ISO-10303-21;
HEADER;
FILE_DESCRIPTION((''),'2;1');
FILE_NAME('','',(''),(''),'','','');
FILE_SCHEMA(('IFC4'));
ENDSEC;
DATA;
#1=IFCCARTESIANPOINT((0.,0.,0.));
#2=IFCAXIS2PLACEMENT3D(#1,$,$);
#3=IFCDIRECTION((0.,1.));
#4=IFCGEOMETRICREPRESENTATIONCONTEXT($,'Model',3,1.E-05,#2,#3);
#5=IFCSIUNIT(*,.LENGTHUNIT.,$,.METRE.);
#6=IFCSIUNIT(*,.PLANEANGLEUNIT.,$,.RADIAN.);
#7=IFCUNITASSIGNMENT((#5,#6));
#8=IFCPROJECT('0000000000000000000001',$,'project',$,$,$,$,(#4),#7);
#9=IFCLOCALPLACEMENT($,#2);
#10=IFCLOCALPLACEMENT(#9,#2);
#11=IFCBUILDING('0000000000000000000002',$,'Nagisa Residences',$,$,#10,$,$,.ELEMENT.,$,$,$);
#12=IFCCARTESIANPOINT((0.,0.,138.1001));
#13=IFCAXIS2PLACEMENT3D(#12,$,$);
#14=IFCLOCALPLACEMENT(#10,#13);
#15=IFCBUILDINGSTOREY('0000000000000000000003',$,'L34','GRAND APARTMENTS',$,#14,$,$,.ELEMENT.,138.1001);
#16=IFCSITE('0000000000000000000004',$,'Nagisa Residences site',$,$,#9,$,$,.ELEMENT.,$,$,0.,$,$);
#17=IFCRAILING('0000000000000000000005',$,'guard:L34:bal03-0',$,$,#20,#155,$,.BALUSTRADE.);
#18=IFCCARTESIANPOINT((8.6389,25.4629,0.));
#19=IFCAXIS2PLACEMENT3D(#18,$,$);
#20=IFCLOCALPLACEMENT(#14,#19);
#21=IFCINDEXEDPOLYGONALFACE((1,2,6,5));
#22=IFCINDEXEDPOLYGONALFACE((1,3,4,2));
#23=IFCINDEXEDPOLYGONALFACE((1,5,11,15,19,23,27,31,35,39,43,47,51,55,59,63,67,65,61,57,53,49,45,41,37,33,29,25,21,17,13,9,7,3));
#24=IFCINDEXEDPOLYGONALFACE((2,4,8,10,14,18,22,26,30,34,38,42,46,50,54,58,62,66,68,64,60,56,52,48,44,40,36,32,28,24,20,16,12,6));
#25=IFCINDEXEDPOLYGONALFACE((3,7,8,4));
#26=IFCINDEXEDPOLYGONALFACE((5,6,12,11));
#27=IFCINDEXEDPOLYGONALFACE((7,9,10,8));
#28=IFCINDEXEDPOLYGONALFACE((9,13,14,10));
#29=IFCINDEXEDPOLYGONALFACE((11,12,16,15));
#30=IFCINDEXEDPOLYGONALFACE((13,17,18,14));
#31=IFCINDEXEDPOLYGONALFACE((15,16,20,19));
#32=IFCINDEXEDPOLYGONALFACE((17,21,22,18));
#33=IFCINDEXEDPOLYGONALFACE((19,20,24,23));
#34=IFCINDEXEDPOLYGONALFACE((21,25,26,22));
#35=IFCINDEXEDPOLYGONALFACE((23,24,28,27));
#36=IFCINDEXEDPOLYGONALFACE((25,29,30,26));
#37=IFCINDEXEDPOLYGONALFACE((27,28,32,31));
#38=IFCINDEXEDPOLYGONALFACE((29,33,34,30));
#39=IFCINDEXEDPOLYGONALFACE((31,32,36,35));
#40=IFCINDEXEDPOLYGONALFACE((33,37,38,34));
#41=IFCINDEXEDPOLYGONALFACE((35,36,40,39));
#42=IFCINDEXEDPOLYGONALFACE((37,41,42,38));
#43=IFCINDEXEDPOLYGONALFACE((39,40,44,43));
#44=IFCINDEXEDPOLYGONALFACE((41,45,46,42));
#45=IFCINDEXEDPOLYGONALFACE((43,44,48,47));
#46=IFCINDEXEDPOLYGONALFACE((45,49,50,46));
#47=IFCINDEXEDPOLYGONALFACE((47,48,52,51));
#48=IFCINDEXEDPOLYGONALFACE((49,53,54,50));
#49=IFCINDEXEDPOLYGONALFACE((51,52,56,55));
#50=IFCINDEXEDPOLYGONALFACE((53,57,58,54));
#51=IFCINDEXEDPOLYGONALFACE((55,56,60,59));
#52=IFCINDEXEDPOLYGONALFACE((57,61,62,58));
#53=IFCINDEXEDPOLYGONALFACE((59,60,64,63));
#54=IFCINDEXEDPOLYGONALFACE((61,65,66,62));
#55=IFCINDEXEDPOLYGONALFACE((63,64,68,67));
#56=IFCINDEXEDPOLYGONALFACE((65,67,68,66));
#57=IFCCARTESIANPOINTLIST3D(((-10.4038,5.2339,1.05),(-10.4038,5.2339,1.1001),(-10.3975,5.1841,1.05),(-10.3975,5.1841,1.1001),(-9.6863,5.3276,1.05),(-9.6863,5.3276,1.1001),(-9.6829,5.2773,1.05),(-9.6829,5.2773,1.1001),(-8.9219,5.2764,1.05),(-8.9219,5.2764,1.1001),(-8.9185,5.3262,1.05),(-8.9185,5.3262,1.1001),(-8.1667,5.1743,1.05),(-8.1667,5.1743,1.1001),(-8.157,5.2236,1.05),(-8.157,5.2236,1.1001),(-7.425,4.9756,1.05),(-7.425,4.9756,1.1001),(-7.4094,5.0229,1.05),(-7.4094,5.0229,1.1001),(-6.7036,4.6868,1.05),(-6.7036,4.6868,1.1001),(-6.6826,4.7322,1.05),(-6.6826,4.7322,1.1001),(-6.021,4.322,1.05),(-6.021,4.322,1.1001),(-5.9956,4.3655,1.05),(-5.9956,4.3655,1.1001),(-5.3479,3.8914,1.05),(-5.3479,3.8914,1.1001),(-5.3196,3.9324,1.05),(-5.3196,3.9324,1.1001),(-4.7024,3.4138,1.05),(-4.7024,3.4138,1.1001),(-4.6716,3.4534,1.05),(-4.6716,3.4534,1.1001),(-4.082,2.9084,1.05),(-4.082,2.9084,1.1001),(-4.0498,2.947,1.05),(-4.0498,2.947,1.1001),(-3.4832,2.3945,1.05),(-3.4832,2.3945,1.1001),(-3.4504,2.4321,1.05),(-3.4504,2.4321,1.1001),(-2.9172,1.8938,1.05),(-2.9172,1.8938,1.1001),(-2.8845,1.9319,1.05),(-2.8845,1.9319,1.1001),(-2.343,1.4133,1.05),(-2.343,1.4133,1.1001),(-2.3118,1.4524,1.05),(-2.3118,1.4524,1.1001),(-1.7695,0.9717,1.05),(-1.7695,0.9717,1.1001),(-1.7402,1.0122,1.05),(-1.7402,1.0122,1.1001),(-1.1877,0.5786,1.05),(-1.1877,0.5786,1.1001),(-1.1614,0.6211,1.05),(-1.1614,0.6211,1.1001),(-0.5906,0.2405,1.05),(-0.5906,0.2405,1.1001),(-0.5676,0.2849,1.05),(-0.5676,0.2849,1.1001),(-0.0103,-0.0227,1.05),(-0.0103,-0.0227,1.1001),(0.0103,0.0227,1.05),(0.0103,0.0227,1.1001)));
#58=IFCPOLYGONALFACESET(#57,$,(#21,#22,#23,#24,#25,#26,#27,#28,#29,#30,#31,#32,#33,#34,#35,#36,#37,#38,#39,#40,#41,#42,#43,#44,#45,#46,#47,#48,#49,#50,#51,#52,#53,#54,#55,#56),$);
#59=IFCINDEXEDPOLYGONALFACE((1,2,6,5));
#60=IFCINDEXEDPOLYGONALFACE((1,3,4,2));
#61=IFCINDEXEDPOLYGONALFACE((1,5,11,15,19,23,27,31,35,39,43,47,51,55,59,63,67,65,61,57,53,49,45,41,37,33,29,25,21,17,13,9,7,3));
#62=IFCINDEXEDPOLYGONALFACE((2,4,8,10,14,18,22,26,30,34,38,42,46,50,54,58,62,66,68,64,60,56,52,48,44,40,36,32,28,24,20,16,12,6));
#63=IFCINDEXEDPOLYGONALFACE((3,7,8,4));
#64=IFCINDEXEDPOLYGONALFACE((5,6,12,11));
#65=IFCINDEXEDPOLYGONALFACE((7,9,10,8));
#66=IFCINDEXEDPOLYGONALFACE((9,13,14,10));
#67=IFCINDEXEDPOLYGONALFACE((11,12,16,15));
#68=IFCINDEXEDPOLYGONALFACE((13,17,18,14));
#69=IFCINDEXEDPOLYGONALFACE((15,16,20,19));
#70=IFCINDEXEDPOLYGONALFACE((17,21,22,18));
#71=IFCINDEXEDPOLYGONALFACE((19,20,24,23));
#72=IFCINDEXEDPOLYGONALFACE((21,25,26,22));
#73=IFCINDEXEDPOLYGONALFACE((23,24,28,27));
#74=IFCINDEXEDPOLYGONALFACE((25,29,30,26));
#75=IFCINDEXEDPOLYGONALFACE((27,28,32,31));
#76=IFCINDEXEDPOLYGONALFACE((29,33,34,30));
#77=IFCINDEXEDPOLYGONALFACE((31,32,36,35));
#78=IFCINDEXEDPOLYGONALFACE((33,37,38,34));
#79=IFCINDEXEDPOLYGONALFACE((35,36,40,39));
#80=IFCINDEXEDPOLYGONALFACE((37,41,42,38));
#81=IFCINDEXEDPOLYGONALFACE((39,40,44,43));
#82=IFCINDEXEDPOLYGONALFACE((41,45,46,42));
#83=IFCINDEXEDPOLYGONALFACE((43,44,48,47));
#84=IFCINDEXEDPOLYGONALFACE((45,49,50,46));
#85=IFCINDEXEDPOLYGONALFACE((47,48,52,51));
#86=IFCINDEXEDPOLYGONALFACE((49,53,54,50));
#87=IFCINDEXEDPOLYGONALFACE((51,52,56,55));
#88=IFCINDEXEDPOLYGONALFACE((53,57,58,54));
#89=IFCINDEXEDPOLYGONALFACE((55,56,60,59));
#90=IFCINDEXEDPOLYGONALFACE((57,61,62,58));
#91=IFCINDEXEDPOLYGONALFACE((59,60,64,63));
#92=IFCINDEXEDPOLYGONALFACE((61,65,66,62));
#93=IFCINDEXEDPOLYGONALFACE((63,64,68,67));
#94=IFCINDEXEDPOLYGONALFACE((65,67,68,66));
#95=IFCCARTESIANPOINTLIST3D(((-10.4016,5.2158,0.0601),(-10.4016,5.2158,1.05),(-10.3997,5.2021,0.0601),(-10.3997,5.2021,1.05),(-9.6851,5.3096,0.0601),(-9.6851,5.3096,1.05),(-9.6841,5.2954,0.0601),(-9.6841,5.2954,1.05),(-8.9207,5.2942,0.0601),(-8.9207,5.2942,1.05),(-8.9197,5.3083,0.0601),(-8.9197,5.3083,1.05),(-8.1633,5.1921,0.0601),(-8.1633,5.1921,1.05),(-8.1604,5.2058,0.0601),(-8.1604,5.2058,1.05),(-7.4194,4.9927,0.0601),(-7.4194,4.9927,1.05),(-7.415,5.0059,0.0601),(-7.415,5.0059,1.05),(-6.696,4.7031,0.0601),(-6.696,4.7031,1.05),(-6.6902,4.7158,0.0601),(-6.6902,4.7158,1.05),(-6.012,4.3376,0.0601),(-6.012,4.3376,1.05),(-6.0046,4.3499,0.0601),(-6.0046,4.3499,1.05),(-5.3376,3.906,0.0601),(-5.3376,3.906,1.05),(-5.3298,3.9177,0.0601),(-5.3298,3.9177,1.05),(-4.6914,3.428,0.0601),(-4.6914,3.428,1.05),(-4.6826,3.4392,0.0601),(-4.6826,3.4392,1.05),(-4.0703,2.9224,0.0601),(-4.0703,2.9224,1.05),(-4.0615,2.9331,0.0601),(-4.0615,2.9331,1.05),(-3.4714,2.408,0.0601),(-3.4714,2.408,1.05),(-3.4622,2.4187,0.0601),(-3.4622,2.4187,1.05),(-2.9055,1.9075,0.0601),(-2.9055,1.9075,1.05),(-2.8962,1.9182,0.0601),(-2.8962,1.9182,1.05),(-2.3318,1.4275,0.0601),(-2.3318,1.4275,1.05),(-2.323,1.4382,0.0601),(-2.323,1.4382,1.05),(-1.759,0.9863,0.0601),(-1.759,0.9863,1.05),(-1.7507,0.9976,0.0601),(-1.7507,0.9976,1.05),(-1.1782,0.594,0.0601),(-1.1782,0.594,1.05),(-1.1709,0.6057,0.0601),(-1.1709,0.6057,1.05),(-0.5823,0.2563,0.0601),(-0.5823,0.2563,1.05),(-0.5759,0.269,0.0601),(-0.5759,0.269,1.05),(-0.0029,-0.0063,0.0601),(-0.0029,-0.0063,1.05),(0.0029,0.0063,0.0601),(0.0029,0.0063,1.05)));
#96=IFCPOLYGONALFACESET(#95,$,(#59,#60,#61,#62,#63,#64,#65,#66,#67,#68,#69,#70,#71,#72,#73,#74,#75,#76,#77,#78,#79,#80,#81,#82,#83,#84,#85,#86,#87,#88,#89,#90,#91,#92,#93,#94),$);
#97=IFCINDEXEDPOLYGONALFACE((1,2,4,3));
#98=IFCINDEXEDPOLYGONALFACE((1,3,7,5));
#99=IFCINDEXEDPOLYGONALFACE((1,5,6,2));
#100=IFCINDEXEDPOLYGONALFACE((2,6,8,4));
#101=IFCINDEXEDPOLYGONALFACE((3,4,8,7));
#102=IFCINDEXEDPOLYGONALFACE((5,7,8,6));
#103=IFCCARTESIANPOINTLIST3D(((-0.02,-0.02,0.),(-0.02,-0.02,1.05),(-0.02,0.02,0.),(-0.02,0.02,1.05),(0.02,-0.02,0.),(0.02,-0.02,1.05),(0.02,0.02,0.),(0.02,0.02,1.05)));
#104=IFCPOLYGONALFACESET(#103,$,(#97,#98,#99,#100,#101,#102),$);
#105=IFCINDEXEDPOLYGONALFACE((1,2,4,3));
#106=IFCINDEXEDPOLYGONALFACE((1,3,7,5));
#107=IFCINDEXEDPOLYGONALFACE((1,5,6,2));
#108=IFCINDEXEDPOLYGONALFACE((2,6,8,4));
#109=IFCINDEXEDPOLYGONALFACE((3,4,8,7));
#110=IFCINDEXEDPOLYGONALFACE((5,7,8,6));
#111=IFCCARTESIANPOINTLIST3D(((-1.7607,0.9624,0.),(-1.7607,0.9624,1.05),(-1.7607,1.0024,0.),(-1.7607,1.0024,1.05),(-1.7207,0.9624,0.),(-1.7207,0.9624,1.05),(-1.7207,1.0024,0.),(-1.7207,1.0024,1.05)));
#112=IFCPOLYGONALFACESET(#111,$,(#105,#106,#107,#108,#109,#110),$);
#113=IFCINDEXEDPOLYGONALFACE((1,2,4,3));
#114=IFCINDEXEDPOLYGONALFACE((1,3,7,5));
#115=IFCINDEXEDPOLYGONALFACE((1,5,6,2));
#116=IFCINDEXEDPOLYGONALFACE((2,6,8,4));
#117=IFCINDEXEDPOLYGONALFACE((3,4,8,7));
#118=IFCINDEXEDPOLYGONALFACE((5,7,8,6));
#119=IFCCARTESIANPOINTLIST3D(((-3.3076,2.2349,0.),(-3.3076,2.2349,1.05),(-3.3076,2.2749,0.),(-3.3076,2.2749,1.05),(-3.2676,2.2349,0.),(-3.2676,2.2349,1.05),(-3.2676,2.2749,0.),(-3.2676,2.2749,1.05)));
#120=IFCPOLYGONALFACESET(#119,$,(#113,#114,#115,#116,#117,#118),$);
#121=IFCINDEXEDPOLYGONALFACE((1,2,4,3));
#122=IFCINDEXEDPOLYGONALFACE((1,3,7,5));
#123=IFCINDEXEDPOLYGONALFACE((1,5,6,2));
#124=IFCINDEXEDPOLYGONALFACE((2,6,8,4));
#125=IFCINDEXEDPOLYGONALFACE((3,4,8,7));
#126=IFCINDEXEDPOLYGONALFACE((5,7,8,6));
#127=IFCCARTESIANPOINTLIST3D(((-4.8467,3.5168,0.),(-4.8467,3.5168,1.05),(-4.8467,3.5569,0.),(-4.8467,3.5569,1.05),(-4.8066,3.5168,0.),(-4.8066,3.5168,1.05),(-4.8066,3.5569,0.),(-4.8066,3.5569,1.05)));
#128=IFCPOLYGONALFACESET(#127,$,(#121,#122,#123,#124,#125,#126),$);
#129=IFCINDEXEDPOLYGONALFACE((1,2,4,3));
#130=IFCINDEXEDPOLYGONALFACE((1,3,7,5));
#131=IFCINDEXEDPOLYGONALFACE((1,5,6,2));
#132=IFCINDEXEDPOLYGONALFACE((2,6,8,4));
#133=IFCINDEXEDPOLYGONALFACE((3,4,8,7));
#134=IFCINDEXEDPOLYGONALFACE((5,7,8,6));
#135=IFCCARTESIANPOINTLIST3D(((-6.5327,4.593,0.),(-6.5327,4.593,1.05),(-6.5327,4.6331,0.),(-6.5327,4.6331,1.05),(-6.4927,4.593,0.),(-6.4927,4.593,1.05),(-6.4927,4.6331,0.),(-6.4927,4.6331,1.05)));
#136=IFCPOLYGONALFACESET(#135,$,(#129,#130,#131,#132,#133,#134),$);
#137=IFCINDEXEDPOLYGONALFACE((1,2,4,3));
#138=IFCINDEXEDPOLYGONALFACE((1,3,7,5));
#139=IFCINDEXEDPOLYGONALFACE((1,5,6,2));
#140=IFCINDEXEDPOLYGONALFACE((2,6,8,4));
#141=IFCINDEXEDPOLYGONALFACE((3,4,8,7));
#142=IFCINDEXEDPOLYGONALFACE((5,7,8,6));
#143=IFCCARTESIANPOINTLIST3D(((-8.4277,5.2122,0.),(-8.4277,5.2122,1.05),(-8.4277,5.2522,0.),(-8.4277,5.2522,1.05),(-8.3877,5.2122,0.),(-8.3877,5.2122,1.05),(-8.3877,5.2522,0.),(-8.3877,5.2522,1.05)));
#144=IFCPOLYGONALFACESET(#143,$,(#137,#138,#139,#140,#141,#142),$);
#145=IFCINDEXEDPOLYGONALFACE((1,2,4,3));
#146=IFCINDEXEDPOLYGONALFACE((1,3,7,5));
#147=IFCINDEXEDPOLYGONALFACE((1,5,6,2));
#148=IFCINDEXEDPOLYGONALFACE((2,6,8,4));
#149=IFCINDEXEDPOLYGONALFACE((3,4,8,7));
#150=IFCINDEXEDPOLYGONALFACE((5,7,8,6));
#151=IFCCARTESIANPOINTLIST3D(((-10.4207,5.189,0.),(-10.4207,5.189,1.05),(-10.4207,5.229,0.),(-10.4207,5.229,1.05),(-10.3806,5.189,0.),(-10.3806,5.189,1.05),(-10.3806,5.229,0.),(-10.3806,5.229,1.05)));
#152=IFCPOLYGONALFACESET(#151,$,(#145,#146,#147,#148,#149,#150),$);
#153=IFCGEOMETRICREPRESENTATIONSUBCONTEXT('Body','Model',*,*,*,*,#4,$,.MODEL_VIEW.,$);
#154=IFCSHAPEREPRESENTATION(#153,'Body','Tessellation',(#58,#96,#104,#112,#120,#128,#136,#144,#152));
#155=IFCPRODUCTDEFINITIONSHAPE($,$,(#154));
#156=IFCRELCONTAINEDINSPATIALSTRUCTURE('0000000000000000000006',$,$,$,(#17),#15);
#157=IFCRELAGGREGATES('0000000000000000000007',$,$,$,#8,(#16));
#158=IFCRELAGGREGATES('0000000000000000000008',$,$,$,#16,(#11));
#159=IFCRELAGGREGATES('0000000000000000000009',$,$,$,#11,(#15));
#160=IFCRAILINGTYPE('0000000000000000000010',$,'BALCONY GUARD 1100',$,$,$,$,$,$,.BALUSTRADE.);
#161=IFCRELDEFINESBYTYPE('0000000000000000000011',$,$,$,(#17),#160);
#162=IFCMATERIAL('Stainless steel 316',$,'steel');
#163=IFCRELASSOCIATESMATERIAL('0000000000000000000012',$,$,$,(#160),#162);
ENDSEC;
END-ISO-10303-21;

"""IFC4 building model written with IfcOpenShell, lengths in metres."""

from ifc_helpers import new_model, si_unit, direction, frame, origin, origin_2d, place, context, subcontext, project, spatial, polyline, rectangle, outline, extrude, material, type_object, element, save


model = new_model("IFC4")

# Units and contexts
model_context = context("Model", 3, precision=1e-05, world=origin(), true_north=direction((0.0, 1.0)))
body_context = subcontext(model_context, "Body", "Model", "MODEL_VIEW")
ifc_project = project(units=[si_unit("LENGTHUNIT", "METRE"), si_unit("PLANEANGLEUNIT", "RADIAN")], contexts=[model_context])

# Site, building, storey
site_placement = place(None, origin())
site = spatial("IfcSite", under=ifc_project, at=site_placement, Name="Nagisa Residences site", CompositionType="ELEMENT", RefElevation=0.0)
building_placement = place(site_placement, origin())
building = spatial("IfcBuilding", under=site, at=building_placement, Name="Nagisa Residences", CompositionType="ELEMENT")
storey_placement = place(building_placement, frame((0.0, 0.0, 138.1001)))
storey = spatial("IfcBuildingStorey", under=building, at=storey_placement, Name="L34", Description="GRAND APARTMENTS", CompositionType="ELEMENT", Elevation=138.1001)

# Railing
ifc_material_1 = material(Name="Stainless steel 316", Category="steel")
railing_type_1 = type_object("IfcRailingType", Name="BALCONY GUARD 1100", PredefinedType="BALUSTRADE", material=ifc_material_1)
railing_1_placement = place(storey_placement, frame((8.6389, 25.4629, 0.0)))
element("IfcRailing", 1, at=railing_1_placement, inside=storey, type_object=railing_type_1, Name="guard:L34:bal03-0", PredefinedType="BALUSTRADE", context=body_context, shape_type="SweptSolid", body=[
    extrude(outline(polyline([(-0.5906, 0.2405), (-0.0103, -0.0227), (0.0103, 0.0227), (-0.5676, 0.2849), (-1.1614, 0.6211), (-1.7402, 1.0122), (-2.3118, 1.4524), (-2.8845, 1.9319), (-3.4504, 2.4321), (-4.0498, 2.947), (-4.6716, 3.4534), (-5.3196, 3.9324), (-5.9956, 4.3655), (-6.6826, 4.7322), (-7.4094, 5.0229), (-8.157, 5.2236), (-8.9185, 5.3262), (-9.6863, 5.3276), (-10.4038, 5.2339), (-10.3975, 5.1841), (-9.6829, 5.2773), (-8.9219, 5.2764), (-8.1667, 5.1743), (-7.425, 4.9756), (-6.7036, 4.6868), (-6.021, 4.322), (-5.3479, 3.8914), (-4.7024, 3.4138), (-4.082, 2.9084), (-3.4832, 2.3945), (-2.9172, 1.8938), (-2.343, 1.4133), (-1.7695, 0.9717), (-1.1877, 0.5786), (-0.5906, 0.2405)])), frame((0.0, 0.0, 1.05)), (0.0, 0.0, 1.0), 0.05),
    extrude(outline(polyline([(-0.5823, 0.2563), (-0.0029, -0.0063), (0.0029, 0.0063), (-0.5759, 0.269), (-1.1709, 0.6057), (-1.7507, 0.9976), (-2.323, 1.4382), (-2.8962, 1.9182), (-3.4622, 2.4187), (-4.0615, 2.9331), (-4.6826, 3.4392), (-5.3298, 3.9177), (-6.0046, 4.3499), (-6.6902, 4.7158), (-7.415, 5.0059), (-8.1604, 5.2058), (-8.9197, 5.3083), (-9.6851, 5.3096), (-10.4016, 5.2158), (-10.3997, 5.2021), (-9.6841, 5.2954), (-8.9207, 5.2942), (-8.1633, 5.1921), (-7.4194, 4.9927), (-6.696, 4.7031), (-6.012, 4.3376), (-5.3376, 3.906), (-4.6914, 3.428), (-4.0703, 2.9224), (-3.4714, 2.408), (-2.9055, 1.9075), (-2.3318, 1.4275), (-1.759, 0.9863), (-1.1782, 0.594), (-0.5823, 0.2563)])), frame((0.0, 0.0, 0.0601)), (0.0, 0.0, 1.0), 0.99),
    extrude(rectangle(XDim=0.04, YDim=0.04, at=origin_2d()), origin(), (0.0, 0.0, 1.0), 1.05),
    extrude(rectangle(XDim=0.04, YDim=0.04, at=origin_2d()), frame((-1.7407, 0.9824, 0.0)), (0.0, 0.0, 1.0), 1.05),
    extrude(rectangle(XDim=0.04, YDim=0.04, at=origin_2d()), frame((-3.2876, 2.2549, 0.0)), (0.0, 0.0, 1.0), 1.05),
    extrude(rectangle(XDim=0.04, YDim=0.04, at=origin_2d()), frame((-4.8267, 3.5369, 0.0)), (0.0, 0.0, 1.0), 1.05),
    extrude(rectangle(XDim=0.04, YDim=0.04, at=origin_2d()), frame((-6.5127, 4.613, 0.0)), (0.0, 0.0, 1.0), 1.05),
    extrude(rectangle(XDim=0.04, YDim=0.04, at=origin_2d()), frame((-8.4077, 5.2322, 0.0)), (0.0, 0.0, 1.0), 1.05),
    extrude(rectangle(XDim=0.04, YDim=0.04, at=origin_2d()), frame((-10.4006, 5.209, 0.0)), (0.0, 0.0, 1.0), 1.05),
])

save(model, "model.ifc")
